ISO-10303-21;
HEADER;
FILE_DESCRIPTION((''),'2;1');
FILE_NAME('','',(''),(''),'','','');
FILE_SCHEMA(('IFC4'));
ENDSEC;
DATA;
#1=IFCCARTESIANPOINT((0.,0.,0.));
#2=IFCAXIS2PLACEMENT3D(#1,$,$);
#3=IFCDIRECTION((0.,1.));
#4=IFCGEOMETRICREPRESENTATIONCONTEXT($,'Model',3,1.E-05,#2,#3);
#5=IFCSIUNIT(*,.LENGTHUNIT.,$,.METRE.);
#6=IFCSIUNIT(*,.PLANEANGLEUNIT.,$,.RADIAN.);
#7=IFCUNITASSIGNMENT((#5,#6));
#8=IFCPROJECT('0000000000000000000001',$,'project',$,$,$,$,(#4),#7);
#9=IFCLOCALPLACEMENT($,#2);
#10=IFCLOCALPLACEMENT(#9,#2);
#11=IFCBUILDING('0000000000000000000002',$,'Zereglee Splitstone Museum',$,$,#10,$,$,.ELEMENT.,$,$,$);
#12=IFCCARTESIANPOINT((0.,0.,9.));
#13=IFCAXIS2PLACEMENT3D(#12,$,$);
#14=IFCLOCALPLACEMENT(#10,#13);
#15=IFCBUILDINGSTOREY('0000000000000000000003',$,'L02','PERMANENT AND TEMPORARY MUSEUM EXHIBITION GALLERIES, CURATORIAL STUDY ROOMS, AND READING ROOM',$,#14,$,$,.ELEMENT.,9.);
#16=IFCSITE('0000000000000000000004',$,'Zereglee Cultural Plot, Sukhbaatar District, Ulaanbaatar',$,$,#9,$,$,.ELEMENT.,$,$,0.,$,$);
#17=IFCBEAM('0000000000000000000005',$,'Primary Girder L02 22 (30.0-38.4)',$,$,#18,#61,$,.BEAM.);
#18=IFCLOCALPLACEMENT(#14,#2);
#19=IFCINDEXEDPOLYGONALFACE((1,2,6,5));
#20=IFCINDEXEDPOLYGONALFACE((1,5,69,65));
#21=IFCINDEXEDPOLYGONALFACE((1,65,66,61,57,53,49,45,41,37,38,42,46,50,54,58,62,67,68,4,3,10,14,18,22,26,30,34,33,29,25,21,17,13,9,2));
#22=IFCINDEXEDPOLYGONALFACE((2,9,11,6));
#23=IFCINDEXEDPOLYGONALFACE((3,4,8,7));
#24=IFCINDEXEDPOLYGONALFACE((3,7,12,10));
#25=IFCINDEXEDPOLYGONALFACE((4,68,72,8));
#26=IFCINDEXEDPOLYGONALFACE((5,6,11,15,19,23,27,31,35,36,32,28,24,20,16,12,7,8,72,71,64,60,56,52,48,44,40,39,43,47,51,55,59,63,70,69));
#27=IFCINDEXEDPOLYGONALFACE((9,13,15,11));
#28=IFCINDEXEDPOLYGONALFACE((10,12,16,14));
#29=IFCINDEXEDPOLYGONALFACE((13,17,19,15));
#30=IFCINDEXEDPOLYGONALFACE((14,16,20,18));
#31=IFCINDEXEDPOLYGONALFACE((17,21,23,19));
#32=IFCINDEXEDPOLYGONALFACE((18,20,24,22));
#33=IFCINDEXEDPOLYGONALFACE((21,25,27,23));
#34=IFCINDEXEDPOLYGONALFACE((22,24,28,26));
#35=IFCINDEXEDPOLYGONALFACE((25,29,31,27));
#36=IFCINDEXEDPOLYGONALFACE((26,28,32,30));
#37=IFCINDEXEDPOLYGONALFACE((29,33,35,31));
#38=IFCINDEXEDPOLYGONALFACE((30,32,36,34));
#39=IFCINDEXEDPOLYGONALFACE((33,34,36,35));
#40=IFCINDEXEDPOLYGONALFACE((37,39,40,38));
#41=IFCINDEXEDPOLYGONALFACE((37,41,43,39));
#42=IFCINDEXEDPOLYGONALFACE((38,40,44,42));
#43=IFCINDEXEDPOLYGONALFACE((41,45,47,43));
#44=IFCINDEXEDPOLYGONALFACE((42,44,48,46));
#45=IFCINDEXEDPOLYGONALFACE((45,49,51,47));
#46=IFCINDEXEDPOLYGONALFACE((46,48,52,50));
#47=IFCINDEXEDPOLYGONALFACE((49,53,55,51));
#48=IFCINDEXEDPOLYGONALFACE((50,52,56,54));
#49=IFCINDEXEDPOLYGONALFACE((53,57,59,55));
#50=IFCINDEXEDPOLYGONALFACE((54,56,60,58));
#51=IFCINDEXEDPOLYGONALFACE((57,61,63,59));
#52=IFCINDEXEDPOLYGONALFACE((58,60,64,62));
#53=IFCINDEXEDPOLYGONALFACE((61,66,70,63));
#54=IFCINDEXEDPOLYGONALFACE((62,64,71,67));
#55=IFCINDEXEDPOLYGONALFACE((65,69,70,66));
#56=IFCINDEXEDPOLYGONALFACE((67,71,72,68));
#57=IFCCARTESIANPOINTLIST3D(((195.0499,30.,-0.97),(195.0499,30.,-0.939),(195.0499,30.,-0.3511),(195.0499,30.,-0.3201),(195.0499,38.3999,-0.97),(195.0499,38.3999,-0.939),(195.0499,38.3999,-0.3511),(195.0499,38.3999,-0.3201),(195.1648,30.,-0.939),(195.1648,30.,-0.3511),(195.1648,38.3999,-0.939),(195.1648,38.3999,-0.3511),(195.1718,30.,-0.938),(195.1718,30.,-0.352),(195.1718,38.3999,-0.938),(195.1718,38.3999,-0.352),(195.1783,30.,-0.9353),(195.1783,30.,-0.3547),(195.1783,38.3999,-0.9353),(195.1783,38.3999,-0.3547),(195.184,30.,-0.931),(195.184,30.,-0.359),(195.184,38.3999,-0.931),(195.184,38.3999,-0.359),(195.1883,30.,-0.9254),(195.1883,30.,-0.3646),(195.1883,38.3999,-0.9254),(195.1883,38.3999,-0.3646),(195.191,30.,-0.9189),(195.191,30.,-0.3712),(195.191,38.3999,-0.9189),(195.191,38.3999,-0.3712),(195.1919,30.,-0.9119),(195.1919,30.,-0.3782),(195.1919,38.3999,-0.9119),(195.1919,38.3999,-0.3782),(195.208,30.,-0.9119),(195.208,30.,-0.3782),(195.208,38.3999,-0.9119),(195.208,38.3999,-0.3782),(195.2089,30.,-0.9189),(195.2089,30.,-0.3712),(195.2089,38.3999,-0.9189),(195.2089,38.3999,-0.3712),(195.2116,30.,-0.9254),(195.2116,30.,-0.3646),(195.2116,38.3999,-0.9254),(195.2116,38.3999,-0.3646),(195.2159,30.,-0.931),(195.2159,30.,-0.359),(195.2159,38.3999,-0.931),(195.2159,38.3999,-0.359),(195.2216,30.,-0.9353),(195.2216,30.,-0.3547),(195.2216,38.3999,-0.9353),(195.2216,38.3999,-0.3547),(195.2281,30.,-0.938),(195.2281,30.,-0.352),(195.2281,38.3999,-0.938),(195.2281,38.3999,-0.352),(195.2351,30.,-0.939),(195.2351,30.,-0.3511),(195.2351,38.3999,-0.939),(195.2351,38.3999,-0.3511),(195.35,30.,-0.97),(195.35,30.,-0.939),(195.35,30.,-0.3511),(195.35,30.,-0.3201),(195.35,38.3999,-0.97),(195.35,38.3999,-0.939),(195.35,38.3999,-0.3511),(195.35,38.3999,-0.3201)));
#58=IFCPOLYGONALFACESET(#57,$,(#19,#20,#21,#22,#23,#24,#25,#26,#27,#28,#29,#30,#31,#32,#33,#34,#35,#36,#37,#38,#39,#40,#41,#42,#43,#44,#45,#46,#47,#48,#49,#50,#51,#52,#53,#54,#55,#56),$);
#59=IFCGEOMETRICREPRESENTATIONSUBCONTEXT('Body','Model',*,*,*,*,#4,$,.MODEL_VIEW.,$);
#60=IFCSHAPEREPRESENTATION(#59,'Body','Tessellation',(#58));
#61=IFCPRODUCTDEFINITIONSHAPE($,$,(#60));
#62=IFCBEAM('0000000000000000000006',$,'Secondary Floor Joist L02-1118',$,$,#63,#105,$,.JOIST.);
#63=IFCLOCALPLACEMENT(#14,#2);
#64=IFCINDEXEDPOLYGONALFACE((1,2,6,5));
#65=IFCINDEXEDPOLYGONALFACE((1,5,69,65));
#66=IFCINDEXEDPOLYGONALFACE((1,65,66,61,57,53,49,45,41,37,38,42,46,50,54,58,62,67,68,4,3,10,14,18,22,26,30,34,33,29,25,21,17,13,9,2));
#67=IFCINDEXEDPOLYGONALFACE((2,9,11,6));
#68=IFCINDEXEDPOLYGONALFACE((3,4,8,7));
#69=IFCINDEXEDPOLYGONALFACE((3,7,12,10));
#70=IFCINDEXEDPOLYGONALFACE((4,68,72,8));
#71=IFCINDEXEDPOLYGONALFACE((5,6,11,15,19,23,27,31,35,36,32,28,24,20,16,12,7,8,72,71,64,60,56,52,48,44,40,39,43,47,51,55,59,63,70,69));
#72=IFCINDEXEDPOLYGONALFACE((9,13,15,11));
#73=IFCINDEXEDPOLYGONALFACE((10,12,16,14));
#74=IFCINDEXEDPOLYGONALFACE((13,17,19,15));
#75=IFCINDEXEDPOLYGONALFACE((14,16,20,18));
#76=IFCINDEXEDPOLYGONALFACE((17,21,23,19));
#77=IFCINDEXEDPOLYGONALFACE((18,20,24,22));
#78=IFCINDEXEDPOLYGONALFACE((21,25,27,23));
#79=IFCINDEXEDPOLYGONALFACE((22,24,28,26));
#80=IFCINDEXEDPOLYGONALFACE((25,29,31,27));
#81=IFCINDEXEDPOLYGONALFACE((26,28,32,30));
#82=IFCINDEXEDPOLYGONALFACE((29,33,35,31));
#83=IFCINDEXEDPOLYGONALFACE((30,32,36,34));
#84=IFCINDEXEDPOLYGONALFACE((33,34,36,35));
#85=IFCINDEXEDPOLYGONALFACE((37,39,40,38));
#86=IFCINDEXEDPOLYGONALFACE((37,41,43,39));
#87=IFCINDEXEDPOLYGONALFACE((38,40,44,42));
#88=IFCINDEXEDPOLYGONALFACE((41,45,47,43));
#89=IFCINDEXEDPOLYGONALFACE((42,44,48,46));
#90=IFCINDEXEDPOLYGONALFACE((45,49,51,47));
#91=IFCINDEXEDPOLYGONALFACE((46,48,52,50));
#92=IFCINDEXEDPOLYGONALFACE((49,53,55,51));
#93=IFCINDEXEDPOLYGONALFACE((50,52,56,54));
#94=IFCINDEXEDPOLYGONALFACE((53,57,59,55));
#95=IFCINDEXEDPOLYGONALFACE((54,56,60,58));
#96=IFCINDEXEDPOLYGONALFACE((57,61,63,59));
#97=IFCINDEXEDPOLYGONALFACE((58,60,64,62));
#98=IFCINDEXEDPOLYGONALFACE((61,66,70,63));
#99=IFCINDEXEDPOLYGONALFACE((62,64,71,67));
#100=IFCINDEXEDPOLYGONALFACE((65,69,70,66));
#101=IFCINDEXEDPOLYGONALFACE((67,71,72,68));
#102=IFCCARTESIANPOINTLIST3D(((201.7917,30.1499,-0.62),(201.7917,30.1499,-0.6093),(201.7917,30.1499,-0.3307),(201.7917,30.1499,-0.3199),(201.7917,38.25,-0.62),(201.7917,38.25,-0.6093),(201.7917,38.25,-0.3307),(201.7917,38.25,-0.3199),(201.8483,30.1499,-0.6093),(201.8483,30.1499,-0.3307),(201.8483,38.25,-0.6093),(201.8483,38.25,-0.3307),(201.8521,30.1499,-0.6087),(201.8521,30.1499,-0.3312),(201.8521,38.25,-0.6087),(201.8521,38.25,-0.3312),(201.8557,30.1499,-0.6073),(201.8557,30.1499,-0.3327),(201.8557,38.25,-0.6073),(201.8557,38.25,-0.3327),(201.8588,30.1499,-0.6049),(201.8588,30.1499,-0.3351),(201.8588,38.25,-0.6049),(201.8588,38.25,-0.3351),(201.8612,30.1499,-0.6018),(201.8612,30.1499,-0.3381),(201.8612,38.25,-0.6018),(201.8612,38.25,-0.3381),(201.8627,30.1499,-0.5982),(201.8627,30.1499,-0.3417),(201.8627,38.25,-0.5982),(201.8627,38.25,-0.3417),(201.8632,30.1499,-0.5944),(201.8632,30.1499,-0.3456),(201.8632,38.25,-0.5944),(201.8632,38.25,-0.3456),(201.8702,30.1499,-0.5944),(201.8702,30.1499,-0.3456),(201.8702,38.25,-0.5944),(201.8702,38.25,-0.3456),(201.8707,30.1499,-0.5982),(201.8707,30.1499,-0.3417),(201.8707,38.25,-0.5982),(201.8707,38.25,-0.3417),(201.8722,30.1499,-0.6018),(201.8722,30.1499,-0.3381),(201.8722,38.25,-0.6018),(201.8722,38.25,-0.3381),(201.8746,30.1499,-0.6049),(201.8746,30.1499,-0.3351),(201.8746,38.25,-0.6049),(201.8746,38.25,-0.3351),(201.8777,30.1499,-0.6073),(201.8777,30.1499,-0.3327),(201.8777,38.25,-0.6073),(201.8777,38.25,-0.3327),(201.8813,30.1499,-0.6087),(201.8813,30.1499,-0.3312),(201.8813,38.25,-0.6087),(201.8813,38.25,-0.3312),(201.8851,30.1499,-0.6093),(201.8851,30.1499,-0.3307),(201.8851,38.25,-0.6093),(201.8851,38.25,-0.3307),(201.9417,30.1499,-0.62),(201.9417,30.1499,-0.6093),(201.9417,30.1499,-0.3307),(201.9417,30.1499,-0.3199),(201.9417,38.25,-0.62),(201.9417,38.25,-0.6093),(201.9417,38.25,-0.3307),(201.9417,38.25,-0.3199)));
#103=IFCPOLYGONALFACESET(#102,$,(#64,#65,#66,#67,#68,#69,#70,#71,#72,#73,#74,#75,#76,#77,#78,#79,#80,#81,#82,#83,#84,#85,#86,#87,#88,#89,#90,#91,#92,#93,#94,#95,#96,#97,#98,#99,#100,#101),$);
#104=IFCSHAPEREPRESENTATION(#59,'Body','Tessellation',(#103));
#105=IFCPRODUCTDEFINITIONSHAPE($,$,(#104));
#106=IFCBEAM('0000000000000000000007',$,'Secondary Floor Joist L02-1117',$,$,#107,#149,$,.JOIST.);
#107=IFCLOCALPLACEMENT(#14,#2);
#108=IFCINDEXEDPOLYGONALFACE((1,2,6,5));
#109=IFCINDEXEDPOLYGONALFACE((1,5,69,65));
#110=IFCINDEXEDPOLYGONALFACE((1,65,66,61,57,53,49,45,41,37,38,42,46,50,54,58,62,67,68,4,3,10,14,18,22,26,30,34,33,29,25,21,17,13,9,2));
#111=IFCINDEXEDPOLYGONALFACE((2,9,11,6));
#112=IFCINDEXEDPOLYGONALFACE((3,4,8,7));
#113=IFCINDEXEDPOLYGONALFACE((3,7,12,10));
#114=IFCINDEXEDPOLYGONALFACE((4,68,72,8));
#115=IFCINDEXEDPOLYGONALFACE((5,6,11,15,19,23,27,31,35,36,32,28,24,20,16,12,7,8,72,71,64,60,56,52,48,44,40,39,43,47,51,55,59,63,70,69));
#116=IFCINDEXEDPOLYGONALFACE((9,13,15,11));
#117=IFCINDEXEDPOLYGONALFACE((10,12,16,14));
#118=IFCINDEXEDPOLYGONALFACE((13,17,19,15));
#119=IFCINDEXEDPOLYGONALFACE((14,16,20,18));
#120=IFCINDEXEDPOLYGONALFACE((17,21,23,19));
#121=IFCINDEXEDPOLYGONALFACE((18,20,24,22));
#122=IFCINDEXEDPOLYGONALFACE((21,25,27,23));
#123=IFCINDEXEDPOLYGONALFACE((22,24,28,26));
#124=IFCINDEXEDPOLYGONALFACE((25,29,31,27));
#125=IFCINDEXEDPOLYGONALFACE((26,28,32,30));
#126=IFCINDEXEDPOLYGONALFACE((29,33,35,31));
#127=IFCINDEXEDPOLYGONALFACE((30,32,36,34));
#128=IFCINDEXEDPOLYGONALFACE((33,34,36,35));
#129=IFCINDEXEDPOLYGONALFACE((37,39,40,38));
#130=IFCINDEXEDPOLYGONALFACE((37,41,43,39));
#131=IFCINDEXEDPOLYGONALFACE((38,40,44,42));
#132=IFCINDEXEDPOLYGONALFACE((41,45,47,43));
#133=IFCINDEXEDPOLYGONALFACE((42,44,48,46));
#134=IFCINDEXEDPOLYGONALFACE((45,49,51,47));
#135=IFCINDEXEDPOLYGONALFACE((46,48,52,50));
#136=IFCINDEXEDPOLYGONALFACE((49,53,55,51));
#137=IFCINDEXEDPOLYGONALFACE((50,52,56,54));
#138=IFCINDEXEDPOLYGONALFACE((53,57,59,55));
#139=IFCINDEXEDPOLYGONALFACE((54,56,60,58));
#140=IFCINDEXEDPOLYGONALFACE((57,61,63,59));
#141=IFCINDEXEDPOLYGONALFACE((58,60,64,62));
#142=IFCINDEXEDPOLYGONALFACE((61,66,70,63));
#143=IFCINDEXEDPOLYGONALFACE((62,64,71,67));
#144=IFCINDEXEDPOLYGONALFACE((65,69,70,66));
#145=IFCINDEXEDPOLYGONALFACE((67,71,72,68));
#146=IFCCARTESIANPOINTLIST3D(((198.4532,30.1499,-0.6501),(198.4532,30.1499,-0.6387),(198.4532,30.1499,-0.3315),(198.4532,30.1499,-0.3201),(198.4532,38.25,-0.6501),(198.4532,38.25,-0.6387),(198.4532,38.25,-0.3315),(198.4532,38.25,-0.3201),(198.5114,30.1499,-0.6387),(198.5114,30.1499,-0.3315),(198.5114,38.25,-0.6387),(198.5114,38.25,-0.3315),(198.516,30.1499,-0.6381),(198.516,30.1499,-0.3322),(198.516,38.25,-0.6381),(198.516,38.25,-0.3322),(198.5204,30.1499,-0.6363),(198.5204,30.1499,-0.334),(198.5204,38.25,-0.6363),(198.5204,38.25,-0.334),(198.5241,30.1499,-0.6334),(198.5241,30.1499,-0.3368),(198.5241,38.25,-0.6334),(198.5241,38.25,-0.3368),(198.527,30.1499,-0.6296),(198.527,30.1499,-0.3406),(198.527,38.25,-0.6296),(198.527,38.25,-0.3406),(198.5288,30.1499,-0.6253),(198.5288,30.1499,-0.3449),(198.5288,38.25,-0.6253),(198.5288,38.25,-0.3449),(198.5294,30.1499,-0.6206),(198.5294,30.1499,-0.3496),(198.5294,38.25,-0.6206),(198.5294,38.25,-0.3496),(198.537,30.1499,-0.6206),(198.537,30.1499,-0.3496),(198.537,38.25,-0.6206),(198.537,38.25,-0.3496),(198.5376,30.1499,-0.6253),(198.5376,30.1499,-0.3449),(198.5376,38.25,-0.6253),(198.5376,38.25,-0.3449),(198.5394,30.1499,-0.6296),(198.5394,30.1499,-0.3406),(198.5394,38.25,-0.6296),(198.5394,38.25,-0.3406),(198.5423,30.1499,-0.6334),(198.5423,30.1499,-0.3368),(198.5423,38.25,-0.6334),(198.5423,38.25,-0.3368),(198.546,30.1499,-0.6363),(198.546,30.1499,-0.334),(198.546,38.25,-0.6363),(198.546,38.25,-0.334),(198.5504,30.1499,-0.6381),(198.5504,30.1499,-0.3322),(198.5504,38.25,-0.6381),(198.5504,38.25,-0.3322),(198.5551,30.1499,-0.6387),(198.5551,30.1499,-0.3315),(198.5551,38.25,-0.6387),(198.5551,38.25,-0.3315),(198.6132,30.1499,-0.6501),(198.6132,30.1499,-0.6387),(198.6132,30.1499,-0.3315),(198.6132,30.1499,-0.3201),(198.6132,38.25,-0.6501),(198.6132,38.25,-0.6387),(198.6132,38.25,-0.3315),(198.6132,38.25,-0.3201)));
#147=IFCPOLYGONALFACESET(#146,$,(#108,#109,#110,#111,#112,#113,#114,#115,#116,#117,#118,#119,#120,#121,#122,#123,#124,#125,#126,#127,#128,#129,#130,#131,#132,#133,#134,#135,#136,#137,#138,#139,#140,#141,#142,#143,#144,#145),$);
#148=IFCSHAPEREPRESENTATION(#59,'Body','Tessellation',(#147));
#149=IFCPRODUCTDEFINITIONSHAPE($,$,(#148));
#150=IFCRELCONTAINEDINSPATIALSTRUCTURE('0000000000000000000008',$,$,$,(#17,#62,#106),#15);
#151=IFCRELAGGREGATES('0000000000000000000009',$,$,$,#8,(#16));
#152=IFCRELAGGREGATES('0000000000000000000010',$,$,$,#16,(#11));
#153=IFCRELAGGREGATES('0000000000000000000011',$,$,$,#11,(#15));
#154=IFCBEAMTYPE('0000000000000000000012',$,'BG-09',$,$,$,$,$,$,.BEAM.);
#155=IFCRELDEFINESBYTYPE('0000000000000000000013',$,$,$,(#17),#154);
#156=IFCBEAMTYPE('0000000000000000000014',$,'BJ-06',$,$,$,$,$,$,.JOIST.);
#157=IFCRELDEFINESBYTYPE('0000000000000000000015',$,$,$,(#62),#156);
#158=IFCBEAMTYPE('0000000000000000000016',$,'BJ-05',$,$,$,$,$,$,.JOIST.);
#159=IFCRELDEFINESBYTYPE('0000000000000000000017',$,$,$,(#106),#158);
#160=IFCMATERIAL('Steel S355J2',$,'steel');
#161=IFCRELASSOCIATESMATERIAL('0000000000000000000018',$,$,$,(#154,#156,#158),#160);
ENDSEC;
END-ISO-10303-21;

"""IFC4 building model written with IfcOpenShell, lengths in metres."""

from ifc_helpers import new_model, si_unit, direction, frame, origin, origin_2d, place, context, subcontext, project, spatial, i_section, extrude, material, material_profile, profile_set, type_object, element, save


model = new_model("IFC4")

# Units and contexts
model_context = context("Model", 3, precision=1e-05, world=origin(), true_north=direction((0.0, 1.0)))
body_context = subcontext(model_context, "Body", "Model", "MODEL_VIEW")
ifc_project = project(units=[si_unit("LENGTHUNIT", "METRE"), si_unit("PLANEANGLEUNIT", "RADIAN")], contexts=[model_context])

# Site, building, storey
site_placement = place(None, origin())
site = spatial("IfcSite", under=ifc_project, at=site_placement, Name="Zereglee Cultural Plot, Sukhbaatar District, Ulaanbaatar", CompositionType="ELEMENT", RefElevation=0.0)
building_placement = place(site_placement, origin())
building = spatial("IfcBuilding", under=site, at=building_placement, Name="Zereglee Splitstone Museum", CompositionType="ELEMENT")
storey_placement = place(building_placement, frame((0.0, 0.0, 9.0)))
storey = spatial("IfcBuildingStorey", under=building, at=storey_placement, Name="L02", Description="PERMANENT AND TEMPORARY MUSEUM EXHIBITION GALLERIES, CURATORIAL STUDY ROOMS, AND READING ROOM", CompositionType="ELEMENT", Elevation=9.0)

# Shared definitions
ifc_material_1 = material(Name="Steel S355J2", Category="steel")

# Beams
ifc_material_profile_1 = material_profile(ifc_material_1, i_section(OverallWidth=0.3, OverallDepth=0.6499, WebThickness=0.0161, FlangeThickness=0.031, FilletRadius=0.0271, at=origin_2d()), Name="HE 650 B")
ifc_profile_set_1 = profile_set([ifc_material_profile_1], Name="Steel S355J2")
beam_type_1 = type_object("IfcBeamType", Name="BG-09", PredefinedType="BEAM", material=ifc_profile_set_1)
beam_1_placement = place(storey_placement, frame((195.2, 30.0, -0.645), z_axis=(0.0, 1.0, 0.0), x_axis=(-1.0, 0.0, 0.0)))
element("IfcBeam", 1, at=beam_1_placement, inside=storey, type_object=beam_type_1, Name="Primary Girder L02 22 (30.0-38.4)", PredefinedType="BEAM", context=body_context, shape_type="SweptSolid", body=[
    extrude(i_section(OverallWidth=0.3, OverallDepth=0.6499, WebThickness=0.0161, FlangeThickness=0.031, FilletRadius=0.0271, at=origin_2d()), origin(), (0.0, 0.0, 1.0), 8.3999),
])
ifc_material_profile_2 = material_profile(ifc_material_1, i_section(OverallWidth=0.1499, OverallDepth=0.3, WebThickness=0.0071, FlangeThickness=0.0107, FilletRadius=0.0149, at=origin_2d()), Name="IPE 300")
ifc_profile_set_2 = profile_set([ifc_material_profile_2], Name="Steel S355J2")
beam_type_2 = type_object("IfcBeamType", Name="BJ-06", PredefinedType="JOIST", material=ifc_profile_set_2)
beam_2_placement = place(storey_placement, frame((201.8667, 30.1499, -0.47), z_axis=(0.0, 1.0, 0.0), x_axis=(-1.0, 0.0, 0.0)))
element("IfcBeam", 2, at=beam_2_placement, inside=storey, type_object=beam_type_2, Name="Secondary Floor Joist L02-1118", PredefinedType="JOIST", context=body_context, shape_type="SweptSolid", body=[
    extrude(i_section(OverallWidth=0.1499, OverallDepth=0.3, WebThickness=0.0071, FlangeThickness=0.0107, FilletRadius=0.0149, at=origin_2d()), origin(), (0.0, 0.0, 1.0), 8.1001),
])
ifc_material_profile_3 = material_profile(ifc_material_1, i_section(OverallWidth=0.1599, OverallDepth=0.3301, WebThickness=0.0076, FlangeThickness=0.0115, FilletRadius=0.0181, at=origin_2d()), Name="IPE 330")
ifc_profile_set_3 = profile_set([ifc_material_profile_3], Name="Steel S355J2")
beam_type_3 = type_object("IfcBeamType", Name="BJ-05", PredefinedType="JOIST", material=ifc_profile_set_3)
beam_3_placement = place(storey_placement, frame((198.5332, 30.1499, -0.4851), z_axis=(0.0, 1.0, 0.0), x_axis=(-1.0, 0.0, 0.0)))
element("IfcBeam", 3, at=beam_3_placement, inside=storey, type_object=beam_type_3, Name="Secondary Floor Joist L02-1117", PredefinedType="JOIST", context=body_context, shape_type="SweptSolid", body=[
    extrude(i_section(OverallWidth=0.1599, OverallDepth=0.3301, WebThickness=0.0076, FlangeThickness=0.0115, FilletRadius=0.0181, at=origin_2d()), origin(), (0.0, 0.0, 1.0), 8.1001),
])

save(model, "model.ifc")
